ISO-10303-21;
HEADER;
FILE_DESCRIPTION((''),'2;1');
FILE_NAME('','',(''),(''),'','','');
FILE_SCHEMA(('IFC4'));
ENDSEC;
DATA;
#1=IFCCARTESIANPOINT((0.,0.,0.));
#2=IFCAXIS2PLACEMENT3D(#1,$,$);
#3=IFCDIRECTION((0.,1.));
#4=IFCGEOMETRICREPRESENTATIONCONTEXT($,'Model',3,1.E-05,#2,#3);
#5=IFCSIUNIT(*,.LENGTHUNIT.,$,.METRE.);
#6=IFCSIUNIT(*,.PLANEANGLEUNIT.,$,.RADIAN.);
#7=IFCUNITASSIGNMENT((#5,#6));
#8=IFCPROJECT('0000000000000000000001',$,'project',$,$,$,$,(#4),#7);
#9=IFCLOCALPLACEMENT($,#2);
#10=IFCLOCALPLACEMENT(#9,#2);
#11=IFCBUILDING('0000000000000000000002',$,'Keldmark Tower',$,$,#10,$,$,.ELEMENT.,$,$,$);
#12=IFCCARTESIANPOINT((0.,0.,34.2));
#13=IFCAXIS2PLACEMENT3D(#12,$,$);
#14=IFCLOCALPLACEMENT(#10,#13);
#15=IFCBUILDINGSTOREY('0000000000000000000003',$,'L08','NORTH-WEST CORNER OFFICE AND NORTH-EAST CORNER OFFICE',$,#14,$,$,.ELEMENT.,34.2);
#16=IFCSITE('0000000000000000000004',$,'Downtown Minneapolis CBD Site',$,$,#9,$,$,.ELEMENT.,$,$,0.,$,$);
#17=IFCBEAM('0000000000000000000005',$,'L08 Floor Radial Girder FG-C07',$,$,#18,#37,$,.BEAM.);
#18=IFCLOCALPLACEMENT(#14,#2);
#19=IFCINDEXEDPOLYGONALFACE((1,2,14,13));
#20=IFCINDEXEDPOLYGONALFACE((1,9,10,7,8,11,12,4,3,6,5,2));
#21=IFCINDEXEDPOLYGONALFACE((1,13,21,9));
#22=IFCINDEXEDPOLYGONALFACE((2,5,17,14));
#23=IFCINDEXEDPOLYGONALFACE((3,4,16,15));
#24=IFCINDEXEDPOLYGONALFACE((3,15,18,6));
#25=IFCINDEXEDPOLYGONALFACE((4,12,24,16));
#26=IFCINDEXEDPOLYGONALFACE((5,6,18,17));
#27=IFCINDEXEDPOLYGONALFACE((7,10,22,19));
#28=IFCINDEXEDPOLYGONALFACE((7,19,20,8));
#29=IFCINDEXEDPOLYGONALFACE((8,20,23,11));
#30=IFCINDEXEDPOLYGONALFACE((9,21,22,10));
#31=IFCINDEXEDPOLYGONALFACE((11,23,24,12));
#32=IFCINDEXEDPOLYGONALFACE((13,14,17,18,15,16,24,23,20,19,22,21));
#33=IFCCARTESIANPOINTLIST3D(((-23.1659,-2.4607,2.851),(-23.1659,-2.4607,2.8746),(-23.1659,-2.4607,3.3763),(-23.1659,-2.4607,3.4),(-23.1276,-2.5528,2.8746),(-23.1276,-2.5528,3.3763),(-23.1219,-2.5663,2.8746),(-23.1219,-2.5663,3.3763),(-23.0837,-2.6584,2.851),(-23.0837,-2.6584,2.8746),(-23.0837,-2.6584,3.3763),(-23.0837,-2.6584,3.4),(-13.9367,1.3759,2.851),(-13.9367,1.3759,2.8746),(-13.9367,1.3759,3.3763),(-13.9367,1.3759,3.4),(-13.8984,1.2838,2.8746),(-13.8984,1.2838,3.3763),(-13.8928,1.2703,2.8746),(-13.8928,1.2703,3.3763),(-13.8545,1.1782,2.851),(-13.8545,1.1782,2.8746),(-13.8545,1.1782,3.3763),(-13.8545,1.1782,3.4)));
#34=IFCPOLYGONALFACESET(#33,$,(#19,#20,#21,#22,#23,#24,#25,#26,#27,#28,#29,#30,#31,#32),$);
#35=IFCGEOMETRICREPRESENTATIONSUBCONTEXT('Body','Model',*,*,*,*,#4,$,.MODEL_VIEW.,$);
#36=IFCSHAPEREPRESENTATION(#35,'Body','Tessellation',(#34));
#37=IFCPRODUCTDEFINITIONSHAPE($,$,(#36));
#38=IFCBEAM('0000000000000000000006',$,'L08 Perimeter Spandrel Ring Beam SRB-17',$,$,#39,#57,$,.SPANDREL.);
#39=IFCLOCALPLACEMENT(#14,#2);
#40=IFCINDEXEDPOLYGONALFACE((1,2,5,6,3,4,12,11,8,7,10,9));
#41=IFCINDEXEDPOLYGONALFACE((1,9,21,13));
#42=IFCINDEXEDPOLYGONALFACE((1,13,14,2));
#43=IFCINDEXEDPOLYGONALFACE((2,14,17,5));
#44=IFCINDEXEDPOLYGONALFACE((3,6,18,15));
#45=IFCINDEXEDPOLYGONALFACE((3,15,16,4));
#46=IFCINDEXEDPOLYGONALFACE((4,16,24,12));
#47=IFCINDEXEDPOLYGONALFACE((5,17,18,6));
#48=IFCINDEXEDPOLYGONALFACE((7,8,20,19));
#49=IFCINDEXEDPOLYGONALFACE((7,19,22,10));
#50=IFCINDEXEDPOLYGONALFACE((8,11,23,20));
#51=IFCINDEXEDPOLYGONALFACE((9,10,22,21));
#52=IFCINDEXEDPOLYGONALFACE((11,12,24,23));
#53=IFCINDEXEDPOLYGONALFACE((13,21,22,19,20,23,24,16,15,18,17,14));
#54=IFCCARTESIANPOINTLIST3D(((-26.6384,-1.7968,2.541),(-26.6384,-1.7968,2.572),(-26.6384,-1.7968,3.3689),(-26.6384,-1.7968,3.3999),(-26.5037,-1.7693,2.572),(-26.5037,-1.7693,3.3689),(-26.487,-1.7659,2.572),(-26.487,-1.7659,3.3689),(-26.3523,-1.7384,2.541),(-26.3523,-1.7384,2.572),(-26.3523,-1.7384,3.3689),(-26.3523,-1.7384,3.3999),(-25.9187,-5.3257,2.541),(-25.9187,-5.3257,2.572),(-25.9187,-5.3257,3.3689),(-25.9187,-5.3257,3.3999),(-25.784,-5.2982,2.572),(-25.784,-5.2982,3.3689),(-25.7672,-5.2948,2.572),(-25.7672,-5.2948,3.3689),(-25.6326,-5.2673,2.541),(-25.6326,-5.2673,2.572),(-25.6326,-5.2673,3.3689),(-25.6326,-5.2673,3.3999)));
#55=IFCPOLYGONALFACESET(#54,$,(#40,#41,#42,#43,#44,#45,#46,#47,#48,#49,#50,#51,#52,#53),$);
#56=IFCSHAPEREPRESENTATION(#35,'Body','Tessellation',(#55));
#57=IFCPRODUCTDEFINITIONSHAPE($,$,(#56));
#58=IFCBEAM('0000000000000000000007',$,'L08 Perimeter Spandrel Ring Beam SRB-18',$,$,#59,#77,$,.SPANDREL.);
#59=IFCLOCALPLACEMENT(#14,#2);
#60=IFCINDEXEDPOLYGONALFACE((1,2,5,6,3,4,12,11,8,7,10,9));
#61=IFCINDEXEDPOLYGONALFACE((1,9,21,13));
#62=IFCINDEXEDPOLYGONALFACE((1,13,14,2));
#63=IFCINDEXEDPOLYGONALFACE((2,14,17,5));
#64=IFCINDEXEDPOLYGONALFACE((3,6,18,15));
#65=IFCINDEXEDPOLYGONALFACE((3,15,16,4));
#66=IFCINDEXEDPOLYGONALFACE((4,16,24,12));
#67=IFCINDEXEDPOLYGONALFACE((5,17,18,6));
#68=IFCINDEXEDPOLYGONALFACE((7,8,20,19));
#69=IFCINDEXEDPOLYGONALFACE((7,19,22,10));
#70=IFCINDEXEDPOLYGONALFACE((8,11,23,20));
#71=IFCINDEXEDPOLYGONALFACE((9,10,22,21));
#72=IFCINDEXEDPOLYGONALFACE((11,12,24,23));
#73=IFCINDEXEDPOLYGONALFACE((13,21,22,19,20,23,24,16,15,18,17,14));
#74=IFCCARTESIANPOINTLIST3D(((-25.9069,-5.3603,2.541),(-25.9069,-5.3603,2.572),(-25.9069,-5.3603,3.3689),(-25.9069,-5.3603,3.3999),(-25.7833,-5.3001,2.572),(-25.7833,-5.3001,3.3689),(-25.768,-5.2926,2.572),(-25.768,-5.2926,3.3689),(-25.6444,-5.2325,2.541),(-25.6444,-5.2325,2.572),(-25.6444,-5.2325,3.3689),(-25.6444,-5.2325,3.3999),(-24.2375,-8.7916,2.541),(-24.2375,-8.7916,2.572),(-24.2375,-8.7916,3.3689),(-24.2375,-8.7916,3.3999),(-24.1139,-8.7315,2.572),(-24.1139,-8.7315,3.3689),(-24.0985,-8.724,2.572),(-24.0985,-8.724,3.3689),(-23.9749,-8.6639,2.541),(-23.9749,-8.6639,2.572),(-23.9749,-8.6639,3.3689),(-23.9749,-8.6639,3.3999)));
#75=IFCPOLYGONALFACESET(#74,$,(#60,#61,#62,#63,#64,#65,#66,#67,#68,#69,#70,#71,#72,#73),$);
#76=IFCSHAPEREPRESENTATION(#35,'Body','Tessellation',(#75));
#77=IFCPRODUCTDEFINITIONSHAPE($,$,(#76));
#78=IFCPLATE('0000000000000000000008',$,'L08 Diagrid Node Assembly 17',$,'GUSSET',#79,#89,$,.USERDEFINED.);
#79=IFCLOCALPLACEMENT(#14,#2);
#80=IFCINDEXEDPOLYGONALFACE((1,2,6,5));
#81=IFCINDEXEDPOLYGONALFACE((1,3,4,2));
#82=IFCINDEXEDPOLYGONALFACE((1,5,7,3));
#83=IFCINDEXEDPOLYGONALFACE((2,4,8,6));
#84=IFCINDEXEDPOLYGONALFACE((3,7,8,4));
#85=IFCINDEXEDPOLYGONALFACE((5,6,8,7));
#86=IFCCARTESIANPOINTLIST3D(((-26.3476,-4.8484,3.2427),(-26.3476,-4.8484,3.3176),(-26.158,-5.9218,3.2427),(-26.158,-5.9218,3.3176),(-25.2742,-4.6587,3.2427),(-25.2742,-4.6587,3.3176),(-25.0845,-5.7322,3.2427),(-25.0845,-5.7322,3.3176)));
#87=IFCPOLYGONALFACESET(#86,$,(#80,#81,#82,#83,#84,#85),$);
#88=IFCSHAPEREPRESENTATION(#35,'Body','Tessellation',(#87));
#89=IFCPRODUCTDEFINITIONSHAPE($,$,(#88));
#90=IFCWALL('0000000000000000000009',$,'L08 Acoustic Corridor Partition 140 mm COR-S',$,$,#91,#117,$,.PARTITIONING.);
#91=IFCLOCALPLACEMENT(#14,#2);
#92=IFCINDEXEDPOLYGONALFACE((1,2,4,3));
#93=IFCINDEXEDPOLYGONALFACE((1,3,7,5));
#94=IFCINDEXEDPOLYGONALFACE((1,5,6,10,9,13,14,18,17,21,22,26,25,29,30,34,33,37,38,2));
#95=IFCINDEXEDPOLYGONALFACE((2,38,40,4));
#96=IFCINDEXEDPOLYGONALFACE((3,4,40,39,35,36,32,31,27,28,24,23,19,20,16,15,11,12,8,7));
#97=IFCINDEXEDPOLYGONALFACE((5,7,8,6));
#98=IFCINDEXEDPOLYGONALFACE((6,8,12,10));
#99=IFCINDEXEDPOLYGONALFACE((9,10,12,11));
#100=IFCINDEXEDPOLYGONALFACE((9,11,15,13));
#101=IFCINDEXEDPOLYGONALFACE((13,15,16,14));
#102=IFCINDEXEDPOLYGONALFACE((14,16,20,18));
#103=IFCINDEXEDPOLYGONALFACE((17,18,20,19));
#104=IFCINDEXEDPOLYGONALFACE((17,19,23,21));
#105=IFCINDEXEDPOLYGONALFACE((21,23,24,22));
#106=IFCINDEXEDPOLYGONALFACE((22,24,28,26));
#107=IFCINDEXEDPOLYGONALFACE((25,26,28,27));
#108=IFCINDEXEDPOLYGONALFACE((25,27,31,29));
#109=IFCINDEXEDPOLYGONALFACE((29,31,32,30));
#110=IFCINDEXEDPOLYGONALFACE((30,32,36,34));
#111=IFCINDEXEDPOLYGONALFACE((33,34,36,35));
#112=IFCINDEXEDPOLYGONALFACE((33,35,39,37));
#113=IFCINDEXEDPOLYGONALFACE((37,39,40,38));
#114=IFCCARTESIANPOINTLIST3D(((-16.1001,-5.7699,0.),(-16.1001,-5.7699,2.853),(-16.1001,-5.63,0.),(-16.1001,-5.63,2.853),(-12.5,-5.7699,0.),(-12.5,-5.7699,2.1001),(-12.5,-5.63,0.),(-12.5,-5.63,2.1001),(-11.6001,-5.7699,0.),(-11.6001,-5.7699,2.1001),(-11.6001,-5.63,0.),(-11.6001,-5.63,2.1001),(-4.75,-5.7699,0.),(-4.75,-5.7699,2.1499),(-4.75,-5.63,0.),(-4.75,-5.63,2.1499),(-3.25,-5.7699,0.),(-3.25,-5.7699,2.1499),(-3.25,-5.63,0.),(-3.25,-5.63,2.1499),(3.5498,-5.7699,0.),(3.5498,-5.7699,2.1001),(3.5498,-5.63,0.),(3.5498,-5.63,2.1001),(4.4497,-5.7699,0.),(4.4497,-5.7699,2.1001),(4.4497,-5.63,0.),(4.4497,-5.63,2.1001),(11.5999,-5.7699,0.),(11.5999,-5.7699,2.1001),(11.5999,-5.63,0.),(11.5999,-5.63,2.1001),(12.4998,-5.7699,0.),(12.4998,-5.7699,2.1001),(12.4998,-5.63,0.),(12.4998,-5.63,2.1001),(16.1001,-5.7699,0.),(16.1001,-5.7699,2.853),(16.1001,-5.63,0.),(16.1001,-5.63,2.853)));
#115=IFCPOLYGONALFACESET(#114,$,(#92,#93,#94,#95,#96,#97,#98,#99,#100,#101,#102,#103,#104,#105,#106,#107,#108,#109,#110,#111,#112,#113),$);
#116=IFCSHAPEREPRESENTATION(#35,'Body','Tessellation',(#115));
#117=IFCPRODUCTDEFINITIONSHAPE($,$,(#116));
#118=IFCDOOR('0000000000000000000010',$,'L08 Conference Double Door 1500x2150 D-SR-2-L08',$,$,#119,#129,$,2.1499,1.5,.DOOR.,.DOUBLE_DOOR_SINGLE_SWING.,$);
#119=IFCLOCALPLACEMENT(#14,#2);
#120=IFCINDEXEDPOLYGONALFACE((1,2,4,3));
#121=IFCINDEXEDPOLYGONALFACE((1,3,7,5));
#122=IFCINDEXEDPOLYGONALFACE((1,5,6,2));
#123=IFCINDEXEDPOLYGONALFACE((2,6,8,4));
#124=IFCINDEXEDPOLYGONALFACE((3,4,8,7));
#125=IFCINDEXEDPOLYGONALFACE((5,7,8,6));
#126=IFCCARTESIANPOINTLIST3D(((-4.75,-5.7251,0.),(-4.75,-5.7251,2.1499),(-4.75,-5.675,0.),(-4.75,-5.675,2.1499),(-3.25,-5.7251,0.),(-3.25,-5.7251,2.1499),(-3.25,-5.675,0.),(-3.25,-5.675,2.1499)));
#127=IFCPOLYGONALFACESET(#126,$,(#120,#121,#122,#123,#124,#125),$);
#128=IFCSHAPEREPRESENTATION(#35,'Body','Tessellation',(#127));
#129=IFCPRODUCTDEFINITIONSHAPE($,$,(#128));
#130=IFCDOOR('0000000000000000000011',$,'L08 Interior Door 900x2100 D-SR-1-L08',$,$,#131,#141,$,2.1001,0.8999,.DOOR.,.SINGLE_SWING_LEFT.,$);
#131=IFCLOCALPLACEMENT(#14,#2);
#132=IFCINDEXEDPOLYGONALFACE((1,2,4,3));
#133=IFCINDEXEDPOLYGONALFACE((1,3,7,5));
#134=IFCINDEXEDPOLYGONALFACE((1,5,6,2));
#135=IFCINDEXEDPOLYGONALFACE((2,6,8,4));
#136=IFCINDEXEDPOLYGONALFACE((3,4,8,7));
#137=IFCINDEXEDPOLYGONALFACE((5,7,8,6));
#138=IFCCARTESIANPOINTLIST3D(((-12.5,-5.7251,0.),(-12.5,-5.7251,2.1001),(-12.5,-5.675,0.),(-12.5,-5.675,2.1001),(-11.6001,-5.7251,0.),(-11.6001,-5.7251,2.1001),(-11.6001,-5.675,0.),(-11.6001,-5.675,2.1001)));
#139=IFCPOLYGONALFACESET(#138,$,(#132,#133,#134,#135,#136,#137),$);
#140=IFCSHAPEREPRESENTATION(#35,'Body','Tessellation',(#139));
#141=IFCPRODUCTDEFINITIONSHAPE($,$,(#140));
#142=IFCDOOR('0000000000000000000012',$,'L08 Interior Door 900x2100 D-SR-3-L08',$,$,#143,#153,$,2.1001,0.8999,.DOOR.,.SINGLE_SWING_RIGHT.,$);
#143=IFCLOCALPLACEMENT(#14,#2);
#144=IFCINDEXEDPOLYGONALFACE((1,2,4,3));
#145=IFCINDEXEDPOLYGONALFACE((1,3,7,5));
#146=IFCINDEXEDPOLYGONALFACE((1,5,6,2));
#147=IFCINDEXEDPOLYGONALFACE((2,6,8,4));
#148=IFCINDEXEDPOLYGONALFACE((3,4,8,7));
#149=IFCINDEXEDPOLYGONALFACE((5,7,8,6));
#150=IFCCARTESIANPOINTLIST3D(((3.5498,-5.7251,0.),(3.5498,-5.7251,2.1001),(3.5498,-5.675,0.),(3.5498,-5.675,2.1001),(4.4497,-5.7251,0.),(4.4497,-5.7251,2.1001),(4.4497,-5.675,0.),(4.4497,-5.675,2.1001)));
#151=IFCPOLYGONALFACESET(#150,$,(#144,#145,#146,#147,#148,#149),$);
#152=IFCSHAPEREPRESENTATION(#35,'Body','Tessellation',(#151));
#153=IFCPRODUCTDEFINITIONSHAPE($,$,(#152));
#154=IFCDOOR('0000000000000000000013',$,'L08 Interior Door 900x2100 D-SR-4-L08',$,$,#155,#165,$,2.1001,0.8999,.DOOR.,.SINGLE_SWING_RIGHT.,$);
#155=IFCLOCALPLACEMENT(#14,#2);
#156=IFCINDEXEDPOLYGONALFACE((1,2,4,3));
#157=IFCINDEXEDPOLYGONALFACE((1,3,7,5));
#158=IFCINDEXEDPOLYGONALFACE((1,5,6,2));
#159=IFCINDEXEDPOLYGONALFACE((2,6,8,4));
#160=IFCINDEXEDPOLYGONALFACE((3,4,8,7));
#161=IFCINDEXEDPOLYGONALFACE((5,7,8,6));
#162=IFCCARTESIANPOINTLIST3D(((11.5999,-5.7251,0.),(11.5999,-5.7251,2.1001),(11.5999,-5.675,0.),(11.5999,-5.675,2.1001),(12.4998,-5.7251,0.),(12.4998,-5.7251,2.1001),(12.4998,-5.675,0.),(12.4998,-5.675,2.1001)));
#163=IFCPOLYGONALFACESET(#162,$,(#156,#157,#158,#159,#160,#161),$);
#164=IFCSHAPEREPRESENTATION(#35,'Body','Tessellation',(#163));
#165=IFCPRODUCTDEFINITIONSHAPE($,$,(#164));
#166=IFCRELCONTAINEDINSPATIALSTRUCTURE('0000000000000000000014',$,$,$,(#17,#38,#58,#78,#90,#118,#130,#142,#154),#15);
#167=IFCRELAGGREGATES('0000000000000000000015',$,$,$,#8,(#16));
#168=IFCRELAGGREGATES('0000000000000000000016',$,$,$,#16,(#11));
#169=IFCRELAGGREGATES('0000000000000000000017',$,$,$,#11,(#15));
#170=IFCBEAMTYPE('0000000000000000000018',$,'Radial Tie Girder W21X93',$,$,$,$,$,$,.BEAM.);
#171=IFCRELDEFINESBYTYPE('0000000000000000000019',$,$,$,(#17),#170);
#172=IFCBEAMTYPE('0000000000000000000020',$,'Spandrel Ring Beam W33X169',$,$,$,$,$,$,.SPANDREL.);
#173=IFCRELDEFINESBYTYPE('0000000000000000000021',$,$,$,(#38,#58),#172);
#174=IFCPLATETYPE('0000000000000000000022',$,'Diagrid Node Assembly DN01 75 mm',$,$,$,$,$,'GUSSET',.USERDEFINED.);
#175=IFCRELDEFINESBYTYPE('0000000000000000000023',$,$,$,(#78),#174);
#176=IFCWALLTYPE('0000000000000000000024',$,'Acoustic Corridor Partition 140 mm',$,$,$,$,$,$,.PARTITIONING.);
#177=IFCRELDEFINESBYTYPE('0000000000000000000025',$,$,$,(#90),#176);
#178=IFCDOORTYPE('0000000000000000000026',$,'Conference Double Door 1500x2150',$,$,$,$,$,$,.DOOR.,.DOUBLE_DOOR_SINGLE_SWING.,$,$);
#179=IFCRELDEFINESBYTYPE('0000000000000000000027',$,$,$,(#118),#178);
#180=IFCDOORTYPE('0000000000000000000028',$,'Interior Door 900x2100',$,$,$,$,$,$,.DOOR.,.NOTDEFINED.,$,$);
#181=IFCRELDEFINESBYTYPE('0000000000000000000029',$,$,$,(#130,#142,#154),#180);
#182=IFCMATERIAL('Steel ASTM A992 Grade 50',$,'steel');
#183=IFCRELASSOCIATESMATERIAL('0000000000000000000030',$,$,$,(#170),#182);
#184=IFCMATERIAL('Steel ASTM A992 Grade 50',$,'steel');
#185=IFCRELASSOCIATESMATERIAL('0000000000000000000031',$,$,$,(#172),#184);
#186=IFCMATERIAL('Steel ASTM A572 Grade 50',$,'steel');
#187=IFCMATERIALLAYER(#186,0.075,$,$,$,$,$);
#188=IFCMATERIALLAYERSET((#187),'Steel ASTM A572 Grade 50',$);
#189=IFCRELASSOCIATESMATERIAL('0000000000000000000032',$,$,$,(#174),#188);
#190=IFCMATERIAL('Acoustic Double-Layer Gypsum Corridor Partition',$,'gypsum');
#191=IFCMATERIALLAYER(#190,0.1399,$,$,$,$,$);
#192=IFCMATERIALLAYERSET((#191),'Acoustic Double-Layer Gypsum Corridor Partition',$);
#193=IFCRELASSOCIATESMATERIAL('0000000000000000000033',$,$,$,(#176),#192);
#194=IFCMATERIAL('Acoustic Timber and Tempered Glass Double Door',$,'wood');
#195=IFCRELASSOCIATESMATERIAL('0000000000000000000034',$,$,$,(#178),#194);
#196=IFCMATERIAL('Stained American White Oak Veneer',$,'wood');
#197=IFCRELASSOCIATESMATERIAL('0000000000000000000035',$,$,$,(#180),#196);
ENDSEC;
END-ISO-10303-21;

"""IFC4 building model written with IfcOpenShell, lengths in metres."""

from ifc_helpers import new_model, si_unit, direction, frame, frame_2d, origin, origin_2d, place, context, subcontext, project, spatial, rectangle, i_section, extrude, material, layer, layer_set, material_profile, profile_set, type_object, element, fill, save


model = new_model("IFC4")

# Units and contexts
model_context = context("Model", 3, precision=1e-05, world=origin(), true_north=direction((0.0, 1.0)))
body_context = subcontext(model_context, "Body", "Model", "MODEL_VIEW")
ifc_project = project(units=[si_unit("LENGTHUNIT", "METRE"), si_unit("PLANEANGLEUNIT", "RADIAN")], contexts=[model_context])

# Site, building, storey
site_placement = place(None, origin())
site = spatial("IfcSite", under=ifc_project, at=site_placement, Name="Downtown Minneapolis CBD Site", CompositionType="ELEMENT", RefElevation=0.0)
building_placement = place(site_placement, origin())
building = spatial("IfcBuilding", under=site, at=building_placement, Name="Keldmark Tower", CompositionType="ELEMENT")
storey_placement = place(building_placement, frame((0.0, 0.0, 34.2)))
storey = spatial("IfcBuildingStorey", under=building, at=storey_placement, Name="L08", Description="NORTH-WEST CORNER OFFICE AND NORTH-EAST CORNER OFFICE", CompositionType="ELEMENT", Elevation=34.2)

# Beams
ifc_material_1 = material(Name="Steel ASTM A992 Grade 50", Category="steel")
ifc_material_profile_1 = material_profile(ifc_material_1, i_section(OverallWidth=0.2141, OverallDepth=0.5491, WebThickness=0.0146, FlangeThickness=0.0237, at=origin_2d()), Name="W21X93")
ifc_profile_set_1 = profile_set([ifc_material_profile_1], Name="Steel ASTM A992 Grade 50")
beam_type_1 = type_object("IfcBeamType", Name="Radial Tie Girder W21X93", PredefinedType="BEAM", material=ifc_profile_set_1)
beam_1_placement = place(storey_placement, frame((-23.1248, -2.5596, 3.1255), z_axis=(0.923391, 0.383861, 0.0), x_axis=(-0.383861, 0.923391, 0.0)))
element("IfcBeam", 1, at=beam_1_placement, inside=storey, type_object=beam_type_1, Name="L08 Floor Radial Girder FG-C07", PredefinedType="BEAM", context=body_context, shape_type="SweptSolid", body=[
    extrude(i_section(OverallWidth=0.2141, OverallDepth=0.5491, WebThickness=0.0146, FlangeThickness=0.0237, at=origin_2d()), origin(), (0.0, 0.0, 1.0), 9.9949),
])
ifc_material_2 = material(Name="Steel ASTM A992 Grade 50", Category="steel")
ifc_material_profile_2 = material_profile(ifc_material_2, i_section(OverallWidth=0.292, OverallDepth=0.8589, WebThickness=0.0171, FlangeThickness=0.031, at=origin_2d()), Name="W33X169")
ifc_profile_set_2 = profile_set([ifc_material_profile_2], Name="Steel ASTM A992 Grade 50")
beam_type_2 = type_object("IfcBeamType", Name="Spandrel Ring Beam W33X169", PredefinedType="SPANDREL", material=ifc_profile_set_2)
beam_2_placement = place(storey_placement, frame((-26.4954, -1.7676, 2.9705), z_axis=(0.199843, -0.979828, 0.0), x_axis=(0.979828, 0.199843, 0.0)))
element("IfcBeam", 2, at=beam_2_placement, inside=storey, type_object=beam_type_2, Name="L08 Perimeter Spandrel Ring Beam SRB-17", PredefinedType="SPANDREL", context=body_context, shape_type="SweptSolid", body=[
    extrude(i_section(OverallWidth=0.292, OverallDepth=0.8589, WebThickness=0.0171, FlangeThickness=0.031, at=origin_2d()), origin(), (0.0, 0.0, 1.0), 3.6016),
])
beam_3_placement = place(storey_placement, frame((-25.7756, -5.2964, 2.9705), z_axis=(0.437488, -0.899224, 0.0), x_axis=(0.899224, 0.437488, 0.0)))
element("IfcBeam", 3, at=beam_3_placement, inside=storey, type_object=beam_type_2, Name="L08 Perimeter Spandrel Ring Beam SRB-18", PredefinedType="SPANDREL", context=body_context, shape_type="SweptSolid", body=[
    extrude(i_section(OverallWidth=0.292, OverallDepth=0.8589, WebThickness=0.0171, FlangeThickness=0.031, at=origin_2d()), origin(), (0.0, 0.0, 1.0), 3.8159),
])

# Plate
ifc_material_3 = material(Name="Steel ASTM A572 Grade 50", Category="steel")
ifc_layer_1 = layer(ifc_material_3, 0.075)
ifc_layer_set_1 = layer_set([ifc_layer_1], Name="Steel ASTM A572 Grade 50")
plate_type = type_object("IfcPlateType", Name="Diagrid Node Assembly DN01 75 mm", ElementType="GUSSET", PredefinedType="USERDEFINED", material=ifc_layer_set_1)
plate_placement = place(storey_placement, frame((-25.7161, -5.2903, 3.2427), z_axis=(0.0, 0.0, 1.0), x_axis=(0.173992, -0.984747, 0.0)))
element("IfcPlate", 4, at=plate_placement, inside=storey, type_object=plate_type, Name="L08 Diagrid Node Assembly 17", ObjectType="GUSSET", PredefinedType="USERDEFINED", context=body_context, shape_type="SweptSolid", body=[
    extrude(rectangle(XDim=1.0901, YDim=1.0901, at=origin_2d()), origin(), (0.0, 0.0, 1.0), 0.075),
])

# Wall, openings, doors
ifc_material_4 = material(Name="Acoustic Double-Layer Gypsum Corridor Partition", Category="gypsum")
ifc_layer_2 = layer(ifc_material_4, 0.1399)
ifc_layer_set_2 = layer_set([ifc_layer_2], Name="Acoustic Double-Layer Gypsum Corridor Partition")
wall_type_1 = type_object("IfcWallType", Name="Acoustic Corridor Partition 140 mm", PredefinedType="PARTITIONING", material=ifc_layer_set_2)
wall_1_placement = place(storey_placement, frame((-16.1001, -5.7, 0.0), z_axis=(0.0, 0.0, 1.0), x_axis=(1.0, 0.0, 0.0)))
wall_1 = element("IfcWall", 5, at=wall_1_placement, inside=storey, type_object=wall_type_1, Name="L08 Acoustic Corridor Partition 140 mm COR-S", PredefinedType="PARTITIONING", context=body_context, shape_type="SweptSolid", body=[
    extrude(rectangle(XDim=32.2002, YDim=0.1399, at=frame_2d((16.1001, 0.0))), origin(), (0.0, 0.0, 1.0), 2.853),
])
opening_1_placement = place(wall_1_placement, frame((3.6001, 0.0, 0.0)))
opening_1 = element("IfcOpeningElement", 6, at=opening_1_placement, cuts=wall_1, PredefinedType="OPENING", context=body_context, shape_type="SweptSolid", body=[
    extrude(rectangle(XDim=0.8999, YDim=2.1001, at=frame_2d((0.45, 1.05))), frame((0.0, 0.0798, 0.0), z_axis=(0.0, -1.0, 0.0), x_axis=(1.0, 0.0, 0.0)), (0.0, 0.0, 1.0), 0.1599),
])
opening_2_placement = place(wall_1_placement, frame((11.3501, 0.0, 0.0)))
opening_2 = element("IfcOpeningElement", 7, at=opening_2_placement, cuts=wall_1, PredefinedType="OPENING", context=body_context, shape_type="SweptSolid", body=[
    extrude(rectangle(XDim=1.5, YDim=2.1499, at=frame_2d((0.75, 1.075))), frame((0.0, 0.0798, 0.0), z_axis=(0.0, -1.0, 0.0), x_axis=(1.0, 0.0, 0.0)), (0.0, 0.0, 1.0), 0.1599),
])
opening_3_placement = place(wall_1_placement, frame((19.6499, 0.0, 0.0)))
opening_3 = element("IfcOpeningElement", 8, at=opening_3_placement, cuts=wall_1, PredefinedType="OPENING", context=body_context, shape_type="SweptSolid", body=[
    extrude(rectangle(XDim=0.8999, YDim=2.1001, at=frame_2d((0.45, 1.05))), frame((0.0, 0.0798, 0.0), z_axis=(0.0, -1.0, 0.0), x_axis=(1.0, 0.0, 0.0)), (0.0, 0.0, 1.0), 0.1599),
])
opening_4_placement = place(wall_1_placement, frame((27.7, 0.0, 0.0)))
opening_4 = element("IfcOpeningElement", 9, at=opening_4_placement, cuts=wall_1, PredefinedType="OPENING", context=body_context, shape_type="SweptSolid", body=[
    extrude(rectangle(XDim=0.8999, YDim=2.1001, at=frame_2d((0.45, 1.05))), frame((0.0, 0.0798, 0.0), z_axis=(0.0, -1.0, 0.0), x_axis=(1.0, 0.0, 0.0)), (0.0, 0.0, 1.0), 0.1599),
])
ifc_material_5 = material(Name="Acoustic Timber and Tempered Glass Double Door", Category="wood")
door_type_1 = type_object("IfcDoorType", Name="Conference Double Door 1500x2150", OperationType="DOUBLE_DOOR_SINGLE_SWING", PredefinedType="DOOR", material=ifc_material_5)
door_1_placement = place(opening_2_placement, origin())
door_1 = element("IfcDoor", 10, at=door_1_placement, inside=storey, type_object=door_type_1, Name="L08 Conference Double Door 1500x2150 D-SR-2-L08", OperationType="DOUBLE_DOOR_SINGLE_SWING", OverallHeight=2.1499, OverallWidth=1.5, PredefinedType="DOOR", context=body_context, shape_type="SweptSolid", body=[
    extrude(rectangle(XDim=1.5, YDim=2.1499, at=frame_2d((0.75, 1.075))), frame((0.0, 0.0249, 0.0), z_axis=(0.0, -1.0, 0.0), x_axis=(1.0, 0.0, 0.0)), (0.0, 0.0, 1.0), 0.05),
])
fill(opening_2, door_1)
ifc_material_6 = material(Name="Stained American White Oak Veneer", Category="wood")
door_type_2 = type_object("IfcDoorType", Name="Interior Door 900x2100", OperationType="NOTDEFINED", PredefinedType="DOOR", material=ifc_material_6)
door_2_placement = place(opening_1_placement, origin())
door_2 = element("IfcDoor", 11, at=door_2_placement, inside=storey, type_object=door_type_2, Name="L08 Interior Door 900x2100 D-SR-1-L08", OperationType="SINGLE_SWING_LEFT", OverallHeight=2.1001, OverallWidth=0.8999, PredefinedType="DOOR", context=body_context, shape_type="SweptSolid", body=[
    extrude(rectangle(XDim=0.8999, YDim=2.1001, at=frame_2d((0.45, 1.05))), frame((0.0, 0.0249, 0.0), z_axis=(0.0, -1.0, 0.0), x_axis=(1.0, 0.0, 0.0)), (0.0, 0.0, 1.0), 0.05),
])
fill(opening_1, door_2)
door_3_placement = place(opening_3_placement, origin())
door_3 = element("IfcDoor", 12, at=door_3_placement, inside=storey, type_object=door_type_2, Name="L08 Interior Door 900x2100 D-SR-3-L08", OperationType="SINGLE_SWING_RIGHT", OverallHeight=2.1001, OverallWidth=0.8999, PredefinedType="DOOR", context=body_context, shape_type="SweptSolid", body=[
    extrude(rectangle(XDim=0.8999, YDim=2.1001, at=frame_2d((0.45, 1.05))), frame((0.0, 0.0249, 0.0), z_axis=(0.0, -1.0, 0.0), x_axis=(1.0, 0.0, 0.0)), (0.0, 0.0, 1.0), 0.05),
])
fill(opening_3, door_3)
door_4_placement = place(opening_4_placement, origin())
door_4 = element("IfcDoor", 13, at=door_4_placement, inside=storey, type_object=door_type_2, Name="L08 Interior Door 900x2100 D-SR-4-L08", OperationType="SINGLE_SWING_RIGHT", OverallHeight=2.1001, OverallWidth=0.8999, PredefinedType="DOOR", context=body_context, shape_type="SweptSolid", body=[
    extrude(rectangle(XDim=0.8999, YDim=2.1001, at=frame_2d((0.45, 1.05))), frame((0.0, 0.0249, 0.0), z_axis=(0.0, -1.0, 0.0), x_axis=(1.0, 0.0, 0.0)), (0.0, 0.0, 1.0), 0.05),
])
fill(opening_4, door_4)

save(model, "model.ifc")
